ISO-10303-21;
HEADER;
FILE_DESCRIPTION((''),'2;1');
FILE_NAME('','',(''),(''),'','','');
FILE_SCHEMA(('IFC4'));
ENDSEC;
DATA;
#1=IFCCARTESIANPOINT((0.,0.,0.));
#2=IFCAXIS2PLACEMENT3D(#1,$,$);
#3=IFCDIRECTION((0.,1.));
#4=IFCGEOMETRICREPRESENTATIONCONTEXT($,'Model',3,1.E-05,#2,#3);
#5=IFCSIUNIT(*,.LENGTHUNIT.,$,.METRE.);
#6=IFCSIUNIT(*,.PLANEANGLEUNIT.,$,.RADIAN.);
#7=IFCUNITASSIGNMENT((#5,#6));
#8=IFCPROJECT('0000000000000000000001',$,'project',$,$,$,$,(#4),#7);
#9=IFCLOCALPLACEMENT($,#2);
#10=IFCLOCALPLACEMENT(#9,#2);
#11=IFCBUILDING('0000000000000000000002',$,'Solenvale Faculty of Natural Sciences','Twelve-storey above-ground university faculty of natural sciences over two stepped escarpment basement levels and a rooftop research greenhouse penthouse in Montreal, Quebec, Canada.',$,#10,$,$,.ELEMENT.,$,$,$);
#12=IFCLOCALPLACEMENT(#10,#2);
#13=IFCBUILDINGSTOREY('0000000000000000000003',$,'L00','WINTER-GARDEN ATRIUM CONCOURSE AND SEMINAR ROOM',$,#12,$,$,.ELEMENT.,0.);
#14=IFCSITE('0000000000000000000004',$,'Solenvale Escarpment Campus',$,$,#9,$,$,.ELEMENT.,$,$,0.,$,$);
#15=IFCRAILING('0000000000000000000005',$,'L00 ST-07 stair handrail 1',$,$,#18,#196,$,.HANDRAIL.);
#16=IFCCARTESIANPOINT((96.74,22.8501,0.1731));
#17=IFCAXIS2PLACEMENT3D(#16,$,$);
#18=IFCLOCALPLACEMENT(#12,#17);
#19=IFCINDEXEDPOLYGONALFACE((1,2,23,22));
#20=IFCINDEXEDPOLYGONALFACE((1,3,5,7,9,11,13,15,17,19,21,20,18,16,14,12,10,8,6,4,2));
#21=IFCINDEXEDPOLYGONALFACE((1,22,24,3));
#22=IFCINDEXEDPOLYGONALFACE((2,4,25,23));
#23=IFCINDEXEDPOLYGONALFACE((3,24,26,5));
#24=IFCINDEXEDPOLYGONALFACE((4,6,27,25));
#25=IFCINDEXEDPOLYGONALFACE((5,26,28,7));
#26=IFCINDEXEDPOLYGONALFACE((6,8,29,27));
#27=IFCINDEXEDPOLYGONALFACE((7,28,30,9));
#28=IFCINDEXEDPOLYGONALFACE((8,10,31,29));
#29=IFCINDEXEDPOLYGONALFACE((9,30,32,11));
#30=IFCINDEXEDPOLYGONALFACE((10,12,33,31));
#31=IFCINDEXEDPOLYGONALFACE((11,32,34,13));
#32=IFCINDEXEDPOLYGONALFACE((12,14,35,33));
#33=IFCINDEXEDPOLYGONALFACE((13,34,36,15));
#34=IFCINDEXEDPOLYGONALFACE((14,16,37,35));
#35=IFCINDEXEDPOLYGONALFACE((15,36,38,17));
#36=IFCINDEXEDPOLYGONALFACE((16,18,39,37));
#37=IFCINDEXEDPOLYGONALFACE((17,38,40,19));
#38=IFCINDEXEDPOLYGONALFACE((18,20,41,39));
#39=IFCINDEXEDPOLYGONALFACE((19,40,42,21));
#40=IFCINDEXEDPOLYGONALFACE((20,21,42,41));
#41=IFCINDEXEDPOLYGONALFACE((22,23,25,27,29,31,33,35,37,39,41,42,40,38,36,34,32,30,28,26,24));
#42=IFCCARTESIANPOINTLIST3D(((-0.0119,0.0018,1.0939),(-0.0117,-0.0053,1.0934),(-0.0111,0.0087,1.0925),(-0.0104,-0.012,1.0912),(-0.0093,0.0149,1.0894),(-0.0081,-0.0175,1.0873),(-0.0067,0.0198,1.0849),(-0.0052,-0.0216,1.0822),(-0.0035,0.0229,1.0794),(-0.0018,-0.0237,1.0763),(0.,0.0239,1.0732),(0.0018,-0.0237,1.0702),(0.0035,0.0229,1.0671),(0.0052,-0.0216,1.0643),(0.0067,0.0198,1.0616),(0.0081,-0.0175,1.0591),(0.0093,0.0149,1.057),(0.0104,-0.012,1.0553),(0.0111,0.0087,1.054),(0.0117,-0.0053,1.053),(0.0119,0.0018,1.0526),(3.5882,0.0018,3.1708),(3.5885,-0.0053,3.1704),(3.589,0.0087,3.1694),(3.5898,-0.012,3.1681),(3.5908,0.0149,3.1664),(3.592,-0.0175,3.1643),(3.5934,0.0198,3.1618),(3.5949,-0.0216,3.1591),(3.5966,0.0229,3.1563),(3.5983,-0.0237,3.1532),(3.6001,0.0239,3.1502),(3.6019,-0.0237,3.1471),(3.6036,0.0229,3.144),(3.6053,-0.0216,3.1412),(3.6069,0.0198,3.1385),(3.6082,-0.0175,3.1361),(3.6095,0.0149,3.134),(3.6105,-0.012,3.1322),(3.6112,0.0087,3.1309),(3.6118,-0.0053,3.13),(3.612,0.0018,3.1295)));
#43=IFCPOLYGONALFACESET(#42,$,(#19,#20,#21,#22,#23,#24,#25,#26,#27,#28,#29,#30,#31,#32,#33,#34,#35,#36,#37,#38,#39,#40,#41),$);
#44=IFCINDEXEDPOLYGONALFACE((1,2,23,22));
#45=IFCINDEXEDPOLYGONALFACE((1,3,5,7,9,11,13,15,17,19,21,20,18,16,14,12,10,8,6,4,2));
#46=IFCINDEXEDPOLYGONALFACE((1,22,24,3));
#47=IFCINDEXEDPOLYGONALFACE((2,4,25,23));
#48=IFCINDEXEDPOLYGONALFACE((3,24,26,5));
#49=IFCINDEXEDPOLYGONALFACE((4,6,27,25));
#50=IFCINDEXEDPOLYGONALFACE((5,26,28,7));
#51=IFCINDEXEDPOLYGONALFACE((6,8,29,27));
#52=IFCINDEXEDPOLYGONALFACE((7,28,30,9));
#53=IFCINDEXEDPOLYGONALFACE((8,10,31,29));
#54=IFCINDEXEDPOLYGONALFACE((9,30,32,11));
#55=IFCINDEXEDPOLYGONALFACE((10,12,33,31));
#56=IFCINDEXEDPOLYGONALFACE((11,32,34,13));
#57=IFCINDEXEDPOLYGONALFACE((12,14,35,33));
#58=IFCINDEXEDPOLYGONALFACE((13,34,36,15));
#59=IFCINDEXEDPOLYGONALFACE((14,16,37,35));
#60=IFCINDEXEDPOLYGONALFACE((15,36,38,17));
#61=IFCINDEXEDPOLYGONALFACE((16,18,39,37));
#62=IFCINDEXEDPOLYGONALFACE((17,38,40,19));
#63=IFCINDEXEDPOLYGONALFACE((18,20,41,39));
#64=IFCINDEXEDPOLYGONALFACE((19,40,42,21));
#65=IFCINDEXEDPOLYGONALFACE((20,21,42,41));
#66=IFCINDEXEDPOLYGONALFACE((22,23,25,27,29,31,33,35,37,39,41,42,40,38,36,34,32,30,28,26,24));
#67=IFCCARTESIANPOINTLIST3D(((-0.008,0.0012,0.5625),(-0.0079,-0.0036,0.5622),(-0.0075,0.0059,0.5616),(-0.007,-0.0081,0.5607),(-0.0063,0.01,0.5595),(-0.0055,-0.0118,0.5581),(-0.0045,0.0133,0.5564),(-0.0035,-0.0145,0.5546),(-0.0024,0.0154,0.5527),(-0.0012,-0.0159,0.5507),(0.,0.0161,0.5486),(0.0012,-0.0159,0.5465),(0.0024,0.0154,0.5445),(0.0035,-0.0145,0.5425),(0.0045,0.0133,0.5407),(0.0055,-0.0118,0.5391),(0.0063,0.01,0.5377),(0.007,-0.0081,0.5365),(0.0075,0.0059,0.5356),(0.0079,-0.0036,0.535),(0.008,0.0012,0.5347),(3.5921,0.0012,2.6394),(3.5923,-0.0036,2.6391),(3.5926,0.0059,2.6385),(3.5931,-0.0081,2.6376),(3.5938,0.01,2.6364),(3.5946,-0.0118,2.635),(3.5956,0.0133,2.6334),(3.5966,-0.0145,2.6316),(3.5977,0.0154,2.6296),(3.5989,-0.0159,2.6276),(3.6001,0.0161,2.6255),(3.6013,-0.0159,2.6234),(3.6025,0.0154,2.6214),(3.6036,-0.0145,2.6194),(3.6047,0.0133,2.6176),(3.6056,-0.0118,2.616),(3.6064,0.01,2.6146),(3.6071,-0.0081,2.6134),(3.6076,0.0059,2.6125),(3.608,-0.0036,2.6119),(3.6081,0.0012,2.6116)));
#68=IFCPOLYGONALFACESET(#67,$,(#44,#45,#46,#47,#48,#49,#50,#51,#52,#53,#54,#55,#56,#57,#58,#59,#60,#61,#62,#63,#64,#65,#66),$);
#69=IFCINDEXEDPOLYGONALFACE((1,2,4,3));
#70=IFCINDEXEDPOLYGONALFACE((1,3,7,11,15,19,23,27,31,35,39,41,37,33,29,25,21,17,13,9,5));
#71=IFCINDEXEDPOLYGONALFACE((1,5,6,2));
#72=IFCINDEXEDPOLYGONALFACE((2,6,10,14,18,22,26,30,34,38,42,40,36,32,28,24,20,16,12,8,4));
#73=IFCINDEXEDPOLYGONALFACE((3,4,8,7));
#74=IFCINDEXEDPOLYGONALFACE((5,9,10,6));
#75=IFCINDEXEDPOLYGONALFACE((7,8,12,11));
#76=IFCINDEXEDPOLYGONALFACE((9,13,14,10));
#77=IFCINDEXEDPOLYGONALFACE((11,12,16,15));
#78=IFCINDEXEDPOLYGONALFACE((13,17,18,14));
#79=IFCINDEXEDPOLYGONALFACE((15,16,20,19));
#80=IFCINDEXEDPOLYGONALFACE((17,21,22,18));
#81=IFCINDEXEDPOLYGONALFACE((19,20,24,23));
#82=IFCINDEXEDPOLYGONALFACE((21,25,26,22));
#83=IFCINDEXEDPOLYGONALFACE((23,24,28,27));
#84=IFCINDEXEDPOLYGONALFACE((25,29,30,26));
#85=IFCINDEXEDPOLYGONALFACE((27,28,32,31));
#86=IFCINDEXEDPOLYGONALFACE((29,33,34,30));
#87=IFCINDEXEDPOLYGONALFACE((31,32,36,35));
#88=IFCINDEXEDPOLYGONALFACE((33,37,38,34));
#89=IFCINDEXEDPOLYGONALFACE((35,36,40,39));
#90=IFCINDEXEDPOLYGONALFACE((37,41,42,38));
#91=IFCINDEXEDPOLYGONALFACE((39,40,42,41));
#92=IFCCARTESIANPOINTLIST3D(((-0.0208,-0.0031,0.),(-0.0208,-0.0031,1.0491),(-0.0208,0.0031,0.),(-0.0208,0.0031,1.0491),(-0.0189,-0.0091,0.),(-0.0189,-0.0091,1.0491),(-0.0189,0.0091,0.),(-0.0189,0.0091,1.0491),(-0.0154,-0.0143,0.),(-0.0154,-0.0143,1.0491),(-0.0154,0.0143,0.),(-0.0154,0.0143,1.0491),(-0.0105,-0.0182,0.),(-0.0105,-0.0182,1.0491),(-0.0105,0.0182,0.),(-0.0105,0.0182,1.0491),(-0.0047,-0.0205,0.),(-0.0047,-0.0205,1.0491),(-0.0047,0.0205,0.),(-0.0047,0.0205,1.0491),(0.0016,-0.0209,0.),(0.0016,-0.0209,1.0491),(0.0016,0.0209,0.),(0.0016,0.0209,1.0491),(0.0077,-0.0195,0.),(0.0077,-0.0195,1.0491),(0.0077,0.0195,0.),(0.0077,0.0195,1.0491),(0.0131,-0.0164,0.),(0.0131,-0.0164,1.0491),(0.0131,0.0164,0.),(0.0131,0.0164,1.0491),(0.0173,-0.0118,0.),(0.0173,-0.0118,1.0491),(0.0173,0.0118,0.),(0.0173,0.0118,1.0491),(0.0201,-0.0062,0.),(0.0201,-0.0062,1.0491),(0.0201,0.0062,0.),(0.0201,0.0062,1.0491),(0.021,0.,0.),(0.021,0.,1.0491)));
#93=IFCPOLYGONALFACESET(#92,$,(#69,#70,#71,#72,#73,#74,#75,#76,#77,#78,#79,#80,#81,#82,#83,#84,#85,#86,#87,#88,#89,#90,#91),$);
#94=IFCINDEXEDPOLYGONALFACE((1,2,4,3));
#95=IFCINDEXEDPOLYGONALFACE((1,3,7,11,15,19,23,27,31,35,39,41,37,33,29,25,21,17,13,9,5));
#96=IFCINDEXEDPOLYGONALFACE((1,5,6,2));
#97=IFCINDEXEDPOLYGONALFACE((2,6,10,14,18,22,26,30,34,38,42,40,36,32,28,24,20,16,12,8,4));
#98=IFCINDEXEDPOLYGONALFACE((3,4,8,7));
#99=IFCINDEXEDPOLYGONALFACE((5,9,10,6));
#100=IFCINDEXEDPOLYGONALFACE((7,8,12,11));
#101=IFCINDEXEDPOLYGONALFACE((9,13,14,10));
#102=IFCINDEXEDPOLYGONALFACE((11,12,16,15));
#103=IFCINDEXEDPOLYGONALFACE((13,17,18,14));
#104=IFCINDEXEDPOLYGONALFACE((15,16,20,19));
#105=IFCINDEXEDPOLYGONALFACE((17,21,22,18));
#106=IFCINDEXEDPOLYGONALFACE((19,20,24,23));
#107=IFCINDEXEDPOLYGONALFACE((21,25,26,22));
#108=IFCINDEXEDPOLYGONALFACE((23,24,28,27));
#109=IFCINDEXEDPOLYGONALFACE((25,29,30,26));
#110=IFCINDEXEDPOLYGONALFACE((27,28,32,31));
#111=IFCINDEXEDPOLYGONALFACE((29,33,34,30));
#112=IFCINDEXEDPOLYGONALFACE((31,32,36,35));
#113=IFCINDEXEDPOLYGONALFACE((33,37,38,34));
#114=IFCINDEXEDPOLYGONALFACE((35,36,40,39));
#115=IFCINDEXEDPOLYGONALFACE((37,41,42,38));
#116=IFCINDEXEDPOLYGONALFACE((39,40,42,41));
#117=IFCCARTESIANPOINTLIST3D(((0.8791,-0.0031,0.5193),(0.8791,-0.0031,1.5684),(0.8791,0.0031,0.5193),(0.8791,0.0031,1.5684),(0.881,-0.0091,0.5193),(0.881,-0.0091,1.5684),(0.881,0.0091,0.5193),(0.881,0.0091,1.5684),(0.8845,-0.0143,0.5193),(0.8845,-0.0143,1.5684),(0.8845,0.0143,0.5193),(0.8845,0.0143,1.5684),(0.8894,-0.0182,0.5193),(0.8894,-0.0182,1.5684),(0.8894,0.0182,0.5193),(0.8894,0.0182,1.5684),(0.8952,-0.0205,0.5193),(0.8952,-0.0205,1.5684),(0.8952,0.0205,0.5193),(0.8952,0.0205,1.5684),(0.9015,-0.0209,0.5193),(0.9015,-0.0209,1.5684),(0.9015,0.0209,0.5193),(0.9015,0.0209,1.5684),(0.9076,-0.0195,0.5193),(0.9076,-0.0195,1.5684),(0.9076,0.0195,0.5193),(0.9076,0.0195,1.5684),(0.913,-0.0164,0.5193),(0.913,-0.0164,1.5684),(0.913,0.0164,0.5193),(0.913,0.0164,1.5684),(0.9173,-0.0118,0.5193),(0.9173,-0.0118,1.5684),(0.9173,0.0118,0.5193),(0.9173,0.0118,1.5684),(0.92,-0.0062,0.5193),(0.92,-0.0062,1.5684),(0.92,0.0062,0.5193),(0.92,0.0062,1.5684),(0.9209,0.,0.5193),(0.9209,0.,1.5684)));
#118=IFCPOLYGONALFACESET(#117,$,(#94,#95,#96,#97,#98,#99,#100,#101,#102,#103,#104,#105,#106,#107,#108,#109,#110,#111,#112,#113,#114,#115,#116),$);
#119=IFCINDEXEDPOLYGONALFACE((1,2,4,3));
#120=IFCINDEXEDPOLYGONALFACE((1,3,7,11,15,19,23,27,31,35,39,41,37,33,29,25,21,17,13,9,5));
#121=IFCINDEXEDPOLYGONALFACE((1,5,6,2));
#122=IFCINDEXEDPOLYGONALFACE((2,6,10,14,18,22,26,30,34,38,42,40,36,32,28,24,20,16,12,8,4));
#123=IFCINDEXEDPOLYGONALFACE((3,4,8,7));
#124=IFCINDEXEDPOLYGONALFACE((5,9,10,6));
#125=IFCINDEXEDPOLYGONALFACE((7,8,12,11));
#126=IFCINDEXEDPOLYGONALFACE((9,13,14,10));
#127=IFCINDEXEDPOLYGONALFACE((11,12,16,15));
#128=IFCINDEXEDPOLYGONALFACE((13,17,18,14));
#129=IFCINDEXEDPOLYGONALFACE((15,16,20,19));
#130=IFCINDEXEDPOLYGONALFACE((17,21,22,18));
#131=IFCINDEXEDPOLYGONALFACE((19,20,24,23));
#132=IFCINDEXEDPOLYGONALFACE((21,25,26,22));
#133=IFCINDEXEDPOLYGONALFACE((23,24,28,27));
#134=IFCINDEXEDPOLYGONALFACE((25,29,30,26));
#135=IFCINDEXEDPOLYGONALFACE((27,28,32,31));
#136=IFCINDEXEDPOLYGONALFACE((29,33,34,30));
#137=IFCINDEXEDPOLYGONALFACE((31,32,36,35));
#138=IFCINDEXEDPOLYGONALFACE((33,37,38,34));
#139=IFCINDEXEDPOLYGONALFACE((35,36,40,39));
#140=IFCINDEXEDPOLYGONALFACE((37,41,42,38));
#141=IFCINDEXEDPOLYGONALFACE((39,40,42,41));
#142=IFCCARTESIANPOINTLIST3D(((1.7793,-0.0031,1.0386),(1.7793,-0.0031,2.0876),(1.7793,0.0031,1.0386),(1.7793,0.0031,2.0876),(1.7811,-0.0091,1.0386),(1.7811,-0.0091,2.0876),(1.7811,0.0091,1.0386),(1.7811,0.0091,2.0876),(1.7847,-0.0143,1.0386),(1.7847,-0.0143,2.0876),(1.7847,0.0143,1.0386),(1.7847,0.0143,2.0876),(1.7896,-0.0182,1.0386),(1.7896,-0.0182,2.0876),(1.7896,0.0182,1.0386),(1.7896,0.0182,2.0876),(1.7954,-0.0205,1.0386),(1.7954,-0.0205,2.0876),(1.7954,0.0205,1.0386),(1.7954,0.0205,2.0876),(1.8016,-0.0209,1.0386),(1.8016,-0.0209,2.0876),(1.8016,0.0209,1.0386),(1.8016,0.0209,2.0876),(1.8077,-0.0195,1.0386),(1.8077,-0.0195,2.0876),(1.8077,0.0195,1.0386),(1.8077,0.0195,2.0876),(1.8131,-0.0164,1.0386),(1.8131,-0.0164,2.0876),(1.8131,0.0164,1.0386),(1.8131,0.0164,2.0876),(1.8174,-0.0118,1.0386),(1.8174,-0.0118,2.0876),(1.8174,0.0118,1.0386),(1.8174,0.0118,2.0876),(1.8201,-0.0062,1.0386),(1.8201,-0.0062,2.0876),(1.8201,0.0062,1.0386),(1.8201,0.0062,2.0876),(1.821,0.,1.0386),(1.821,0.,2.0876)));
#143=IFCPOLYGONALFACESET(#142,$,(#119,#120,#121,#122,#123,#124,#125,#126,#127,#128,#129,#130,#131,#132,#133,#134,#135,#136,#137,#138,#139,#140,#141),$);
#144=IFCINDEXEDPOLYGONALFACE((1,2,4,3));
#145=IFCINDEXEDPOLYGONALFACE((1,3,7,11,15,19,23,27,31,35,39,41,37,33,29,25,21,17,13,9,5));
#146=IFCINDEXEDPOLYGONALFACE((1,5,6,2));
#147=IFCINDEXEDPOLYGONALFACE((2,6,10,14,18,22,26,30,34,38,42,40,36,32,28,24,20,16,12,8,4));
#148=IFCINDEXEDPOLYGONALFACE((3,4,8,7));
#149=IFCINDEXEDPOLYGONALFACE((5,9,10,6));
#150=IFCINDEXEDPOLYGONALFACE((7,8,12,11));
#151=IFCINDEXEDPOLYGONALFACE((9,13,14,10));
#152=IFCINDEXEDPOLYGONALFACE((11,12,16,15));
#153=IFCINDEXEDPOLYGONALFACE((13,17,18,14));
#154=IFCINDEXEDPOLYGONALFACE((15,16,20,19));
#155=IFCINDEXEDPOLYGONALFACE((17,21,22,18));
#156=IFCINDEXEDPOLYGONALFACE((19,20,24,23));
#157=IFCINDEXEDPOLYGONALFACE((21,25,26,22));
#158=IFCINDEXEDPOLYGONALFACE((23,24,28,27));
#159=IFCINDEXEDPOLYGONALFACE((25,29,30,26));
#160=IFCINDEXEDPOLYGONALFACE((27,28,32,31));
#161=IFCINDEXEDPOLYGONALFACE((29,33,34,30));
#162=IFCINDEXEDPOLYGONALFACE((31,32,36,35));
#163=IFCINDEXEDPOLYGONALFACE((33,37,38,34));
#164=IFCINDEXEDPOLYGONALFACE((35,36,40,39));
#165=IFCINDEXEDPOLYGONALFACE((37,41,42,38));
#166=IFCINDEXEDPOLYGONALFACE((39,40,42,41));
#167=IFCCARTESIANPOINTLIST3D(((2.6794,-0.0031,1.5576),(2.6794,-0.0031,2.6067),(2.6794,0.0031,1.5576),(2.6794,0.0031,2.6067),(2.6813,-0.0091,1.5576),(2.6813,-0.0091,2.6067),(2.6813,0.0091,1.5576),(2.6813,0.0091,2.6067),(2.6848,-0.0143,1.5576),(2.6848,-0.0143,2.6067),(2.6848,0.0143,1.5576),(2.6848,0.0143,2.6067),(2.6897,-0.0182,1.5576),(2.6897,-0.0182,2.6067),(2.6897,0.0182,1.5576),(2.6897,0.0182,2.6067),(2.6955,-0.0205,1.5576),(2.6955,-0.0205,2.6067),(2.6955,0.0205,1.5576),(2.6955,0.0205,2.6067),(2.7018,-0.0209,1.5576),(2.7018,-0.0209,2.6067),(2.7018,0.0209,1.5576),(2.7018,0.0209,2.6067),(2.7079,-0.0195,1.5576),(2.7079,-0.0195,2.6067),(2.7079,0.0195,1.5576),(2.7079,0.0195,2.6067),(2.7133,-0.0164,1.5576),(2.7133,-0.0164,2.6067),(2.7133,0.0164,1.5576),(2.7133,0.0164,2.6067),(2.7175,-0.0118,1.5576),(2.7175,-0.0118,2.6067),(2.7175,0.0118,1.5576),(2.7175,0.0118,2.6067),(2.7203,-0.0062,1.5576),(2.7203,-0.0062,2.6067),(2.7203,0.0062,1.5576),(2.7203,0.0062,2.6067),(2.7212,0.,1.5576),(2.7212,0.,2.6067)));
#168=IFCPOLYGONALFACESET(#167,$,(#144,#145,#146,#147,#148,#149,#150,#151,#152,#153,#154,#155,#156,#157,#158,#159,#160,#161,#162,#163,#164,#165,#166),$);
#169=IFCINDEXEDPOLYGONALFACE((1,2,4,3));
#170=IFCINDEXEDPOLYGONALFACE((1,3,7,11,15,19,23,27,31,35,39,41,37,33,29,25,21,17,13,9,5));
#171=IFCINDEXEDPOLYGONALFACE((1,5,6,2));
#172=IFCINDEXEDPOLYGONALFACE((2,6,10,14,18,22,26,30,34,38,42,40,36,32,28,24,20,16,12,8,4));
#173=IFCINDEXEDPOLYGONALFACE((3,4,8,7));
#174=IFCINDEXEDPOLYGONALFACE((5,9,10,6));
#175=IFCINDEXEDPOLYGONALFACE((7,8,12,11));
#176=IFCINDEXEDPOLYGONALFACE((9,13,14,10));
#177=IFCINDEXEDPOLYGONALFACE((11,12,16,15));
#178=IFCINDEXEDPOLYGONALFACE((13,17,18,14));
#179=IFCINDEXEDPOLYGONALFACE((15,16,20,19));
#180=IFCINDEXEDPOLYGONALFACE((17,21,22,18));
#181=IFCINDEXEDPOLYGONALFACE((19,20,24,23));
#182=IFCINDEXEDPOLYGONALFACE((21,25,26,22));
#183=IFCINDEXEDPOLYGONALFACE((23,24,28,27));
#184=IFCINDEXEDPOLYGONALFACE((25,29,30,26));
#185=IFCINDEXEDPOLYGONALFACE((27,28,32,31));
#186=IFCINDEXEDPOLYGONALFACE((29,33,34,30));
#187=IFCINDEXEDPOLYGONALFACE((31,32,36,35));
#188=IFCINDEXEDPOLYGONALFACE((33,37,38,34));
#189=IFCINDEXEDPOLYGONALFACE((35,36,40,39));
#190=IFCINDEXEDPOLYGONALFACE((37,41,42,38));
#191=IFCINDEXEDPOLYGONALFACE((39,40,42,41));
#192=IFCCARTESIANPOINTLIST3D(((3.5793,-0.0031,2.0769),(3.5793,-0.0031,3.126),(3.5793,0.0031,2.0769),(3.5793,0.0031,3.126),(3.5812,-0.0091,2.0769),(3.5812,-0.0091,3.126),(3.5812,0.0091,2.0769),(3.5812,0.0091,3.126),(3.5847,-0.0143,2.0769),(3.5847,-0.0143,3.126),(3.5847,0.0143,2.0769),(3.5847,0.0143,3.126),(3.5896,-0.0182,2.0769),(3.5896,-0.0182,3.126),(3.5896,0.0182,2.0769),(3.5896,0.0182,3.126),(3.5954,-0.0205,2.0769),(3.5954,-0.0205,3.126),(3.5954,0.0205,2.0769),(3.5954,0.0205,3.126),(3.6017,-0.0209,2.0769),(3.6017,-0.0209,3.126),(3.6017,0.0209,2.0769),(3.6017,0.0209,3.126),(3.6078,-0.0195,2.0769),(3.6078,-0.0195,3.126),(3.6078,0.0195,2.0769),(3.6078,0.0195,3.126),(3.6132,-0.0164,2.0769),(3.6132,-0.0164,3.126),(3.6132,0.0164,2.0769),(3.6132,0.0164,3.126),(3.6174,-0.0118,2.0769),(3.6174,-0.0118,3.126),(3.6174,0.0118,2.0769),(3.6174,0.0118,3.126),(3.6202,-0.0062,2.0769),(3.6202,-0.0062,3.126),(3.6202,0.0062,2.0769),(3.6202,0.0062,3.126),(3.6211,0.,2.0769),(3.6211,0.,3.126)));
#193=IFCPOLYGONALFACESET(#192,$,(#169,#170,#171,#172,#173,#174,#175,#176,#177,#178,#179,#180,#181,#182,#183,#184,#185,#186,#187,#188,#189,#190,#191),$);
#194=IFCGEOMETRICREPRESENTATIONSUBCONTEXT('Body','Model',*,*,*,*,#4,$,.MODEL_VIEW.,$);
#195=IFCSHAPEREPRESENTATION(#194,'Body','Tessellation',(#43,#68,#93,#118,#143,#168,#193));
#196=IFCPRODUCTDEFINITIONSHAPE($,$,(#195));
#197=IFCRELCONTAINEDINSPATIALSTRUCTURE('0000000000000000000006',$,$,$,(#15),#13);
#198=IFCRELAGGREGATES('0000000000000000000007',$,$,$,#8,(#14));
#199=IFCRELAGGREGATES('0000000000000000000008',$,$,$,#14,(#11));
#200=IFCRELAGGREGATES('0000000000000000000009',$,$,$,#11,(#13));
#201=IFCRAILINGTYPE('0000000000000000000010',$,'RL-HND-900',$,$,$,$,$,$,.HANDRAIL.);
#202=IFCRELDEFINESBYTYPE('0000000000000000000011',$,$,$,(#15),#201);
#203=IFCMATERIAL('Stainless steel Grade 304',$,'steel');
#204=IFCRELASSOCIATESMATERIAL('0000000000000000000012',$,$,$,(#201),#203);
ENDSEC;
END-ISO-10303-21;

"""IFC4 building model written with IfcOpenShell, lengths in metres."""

from ifc_helpers import new_model, si_unit, direction, frame, origin, origin_2d, place, context, subcontext, project, spatial, circle, extrude, material, type_object, element, save


model = new_model("IFC4")

# Units and contexts
model_context = context("Model", 3, precision=1e-05, world=origin(), true_north=direction((0.0, 1.0)))
body_context = subcontext(model_context, "Body", "Model", "MODEL_VIEW")
ifc_project = project(units=[si_unit("LENGTHUNIT", "METRE"), si_unit("PLANEANGLEUNIT", "RADIAN")], contexts=[model_context])

# Site, building, storey
site_placement = place(None, origin())
site = spatial("IfcSite", under=ifc_project, at=site_placement, Name="Solenvale Escarpment Campus", CompositionType="ELEMENT", RefElevation=0.0)
building_placement = place(site_placement, origin())
building = spatial("IfcBuilding", under=site, at=building_placement, Name="Solenvale Faculty of Natural Sciences", Description="Twelve-storey above-ground university faculty of natural sciences over two stepped escarpment basement levels and a rooftop research greenhouse penthouse in Montreal, Quebec, Canada.", CompositionType="ELEMENT")
storey_placement = place(building_placement, origin())
storey = spatial("IfcBuildingStorey", under=building, at=storey_placement, Name="L00", Description="WINTER-GARDEN ATRIUM CONCOURSE AND SEMINAR ROOM", CompositionType="ELEMENT", Elevation=0.0)

# Railing
ifc_material_1 = material(Name="Stainless steel Grade 304", Category="steel")
railing_type = type_object("IfcRailingType", Name="RL-HND-900", PredefinedType="HANDRAIL", material=ifc_material_1)
railing_placement = place(storey_placement, frame((96.74, 22.8501, 0.1731)))
element("IfcRailing", 1, at=railing_placement, inside=storey, type_object=railing_type, Name="L00 ST-07 stair handrail 1", PredefinedType="HANDRAIL", context=body_context, shape_type="SweptSolid", body=[
    extrude(circle(Radius=0.0239, at=origin_2d()), frame((0.0, 0.0, 1.0732), z_axis=(0.866193, 0.0, 0.499709), x_axis=(0.0, 1.0, 0.0)), (0.0, 0.0, 1.0), 4.1562),
    extrude(circle(Radius=0.0161, at=origin_2d()), frame((0.0, 0.0, 0.5486), z_axis=(0.866193, 0.0, 0.499709), x_axis=(0.0, 1.0, 0.0)), (0.0, 0.0, 1.0), 4.1562),
    extrude(circle(Radius=0.021, at=origin_2d()), origin(), (0.0, 0.0, 1.0), 1.0491),
    extrude(circle(Radius=0.021, at=origin_2d()), frame((0.8999, 0.0, 0.5193)), (0.0, 0.0, 1.0), 1.0491),
    extrude(circle(Radius=0.021, at=origin_2d()), frame((1.8, 0.0, 1.0386)), (0.0, 0.0, 1.0), 1.0491),
    extrude(circle(Radius=0.021, at=origin_2d()), frame((2.7002, 0.0, 1.5576)), (0.0, 0.0, 1.0), 1.0491),
    extrude(circle(Radius=0.021, at=origin_2d()), frame((3.6001, 0.0, 2.0769)), (0.0, 0.0, 1.0), 1.0491),
])

save(model, "model.ifc")
